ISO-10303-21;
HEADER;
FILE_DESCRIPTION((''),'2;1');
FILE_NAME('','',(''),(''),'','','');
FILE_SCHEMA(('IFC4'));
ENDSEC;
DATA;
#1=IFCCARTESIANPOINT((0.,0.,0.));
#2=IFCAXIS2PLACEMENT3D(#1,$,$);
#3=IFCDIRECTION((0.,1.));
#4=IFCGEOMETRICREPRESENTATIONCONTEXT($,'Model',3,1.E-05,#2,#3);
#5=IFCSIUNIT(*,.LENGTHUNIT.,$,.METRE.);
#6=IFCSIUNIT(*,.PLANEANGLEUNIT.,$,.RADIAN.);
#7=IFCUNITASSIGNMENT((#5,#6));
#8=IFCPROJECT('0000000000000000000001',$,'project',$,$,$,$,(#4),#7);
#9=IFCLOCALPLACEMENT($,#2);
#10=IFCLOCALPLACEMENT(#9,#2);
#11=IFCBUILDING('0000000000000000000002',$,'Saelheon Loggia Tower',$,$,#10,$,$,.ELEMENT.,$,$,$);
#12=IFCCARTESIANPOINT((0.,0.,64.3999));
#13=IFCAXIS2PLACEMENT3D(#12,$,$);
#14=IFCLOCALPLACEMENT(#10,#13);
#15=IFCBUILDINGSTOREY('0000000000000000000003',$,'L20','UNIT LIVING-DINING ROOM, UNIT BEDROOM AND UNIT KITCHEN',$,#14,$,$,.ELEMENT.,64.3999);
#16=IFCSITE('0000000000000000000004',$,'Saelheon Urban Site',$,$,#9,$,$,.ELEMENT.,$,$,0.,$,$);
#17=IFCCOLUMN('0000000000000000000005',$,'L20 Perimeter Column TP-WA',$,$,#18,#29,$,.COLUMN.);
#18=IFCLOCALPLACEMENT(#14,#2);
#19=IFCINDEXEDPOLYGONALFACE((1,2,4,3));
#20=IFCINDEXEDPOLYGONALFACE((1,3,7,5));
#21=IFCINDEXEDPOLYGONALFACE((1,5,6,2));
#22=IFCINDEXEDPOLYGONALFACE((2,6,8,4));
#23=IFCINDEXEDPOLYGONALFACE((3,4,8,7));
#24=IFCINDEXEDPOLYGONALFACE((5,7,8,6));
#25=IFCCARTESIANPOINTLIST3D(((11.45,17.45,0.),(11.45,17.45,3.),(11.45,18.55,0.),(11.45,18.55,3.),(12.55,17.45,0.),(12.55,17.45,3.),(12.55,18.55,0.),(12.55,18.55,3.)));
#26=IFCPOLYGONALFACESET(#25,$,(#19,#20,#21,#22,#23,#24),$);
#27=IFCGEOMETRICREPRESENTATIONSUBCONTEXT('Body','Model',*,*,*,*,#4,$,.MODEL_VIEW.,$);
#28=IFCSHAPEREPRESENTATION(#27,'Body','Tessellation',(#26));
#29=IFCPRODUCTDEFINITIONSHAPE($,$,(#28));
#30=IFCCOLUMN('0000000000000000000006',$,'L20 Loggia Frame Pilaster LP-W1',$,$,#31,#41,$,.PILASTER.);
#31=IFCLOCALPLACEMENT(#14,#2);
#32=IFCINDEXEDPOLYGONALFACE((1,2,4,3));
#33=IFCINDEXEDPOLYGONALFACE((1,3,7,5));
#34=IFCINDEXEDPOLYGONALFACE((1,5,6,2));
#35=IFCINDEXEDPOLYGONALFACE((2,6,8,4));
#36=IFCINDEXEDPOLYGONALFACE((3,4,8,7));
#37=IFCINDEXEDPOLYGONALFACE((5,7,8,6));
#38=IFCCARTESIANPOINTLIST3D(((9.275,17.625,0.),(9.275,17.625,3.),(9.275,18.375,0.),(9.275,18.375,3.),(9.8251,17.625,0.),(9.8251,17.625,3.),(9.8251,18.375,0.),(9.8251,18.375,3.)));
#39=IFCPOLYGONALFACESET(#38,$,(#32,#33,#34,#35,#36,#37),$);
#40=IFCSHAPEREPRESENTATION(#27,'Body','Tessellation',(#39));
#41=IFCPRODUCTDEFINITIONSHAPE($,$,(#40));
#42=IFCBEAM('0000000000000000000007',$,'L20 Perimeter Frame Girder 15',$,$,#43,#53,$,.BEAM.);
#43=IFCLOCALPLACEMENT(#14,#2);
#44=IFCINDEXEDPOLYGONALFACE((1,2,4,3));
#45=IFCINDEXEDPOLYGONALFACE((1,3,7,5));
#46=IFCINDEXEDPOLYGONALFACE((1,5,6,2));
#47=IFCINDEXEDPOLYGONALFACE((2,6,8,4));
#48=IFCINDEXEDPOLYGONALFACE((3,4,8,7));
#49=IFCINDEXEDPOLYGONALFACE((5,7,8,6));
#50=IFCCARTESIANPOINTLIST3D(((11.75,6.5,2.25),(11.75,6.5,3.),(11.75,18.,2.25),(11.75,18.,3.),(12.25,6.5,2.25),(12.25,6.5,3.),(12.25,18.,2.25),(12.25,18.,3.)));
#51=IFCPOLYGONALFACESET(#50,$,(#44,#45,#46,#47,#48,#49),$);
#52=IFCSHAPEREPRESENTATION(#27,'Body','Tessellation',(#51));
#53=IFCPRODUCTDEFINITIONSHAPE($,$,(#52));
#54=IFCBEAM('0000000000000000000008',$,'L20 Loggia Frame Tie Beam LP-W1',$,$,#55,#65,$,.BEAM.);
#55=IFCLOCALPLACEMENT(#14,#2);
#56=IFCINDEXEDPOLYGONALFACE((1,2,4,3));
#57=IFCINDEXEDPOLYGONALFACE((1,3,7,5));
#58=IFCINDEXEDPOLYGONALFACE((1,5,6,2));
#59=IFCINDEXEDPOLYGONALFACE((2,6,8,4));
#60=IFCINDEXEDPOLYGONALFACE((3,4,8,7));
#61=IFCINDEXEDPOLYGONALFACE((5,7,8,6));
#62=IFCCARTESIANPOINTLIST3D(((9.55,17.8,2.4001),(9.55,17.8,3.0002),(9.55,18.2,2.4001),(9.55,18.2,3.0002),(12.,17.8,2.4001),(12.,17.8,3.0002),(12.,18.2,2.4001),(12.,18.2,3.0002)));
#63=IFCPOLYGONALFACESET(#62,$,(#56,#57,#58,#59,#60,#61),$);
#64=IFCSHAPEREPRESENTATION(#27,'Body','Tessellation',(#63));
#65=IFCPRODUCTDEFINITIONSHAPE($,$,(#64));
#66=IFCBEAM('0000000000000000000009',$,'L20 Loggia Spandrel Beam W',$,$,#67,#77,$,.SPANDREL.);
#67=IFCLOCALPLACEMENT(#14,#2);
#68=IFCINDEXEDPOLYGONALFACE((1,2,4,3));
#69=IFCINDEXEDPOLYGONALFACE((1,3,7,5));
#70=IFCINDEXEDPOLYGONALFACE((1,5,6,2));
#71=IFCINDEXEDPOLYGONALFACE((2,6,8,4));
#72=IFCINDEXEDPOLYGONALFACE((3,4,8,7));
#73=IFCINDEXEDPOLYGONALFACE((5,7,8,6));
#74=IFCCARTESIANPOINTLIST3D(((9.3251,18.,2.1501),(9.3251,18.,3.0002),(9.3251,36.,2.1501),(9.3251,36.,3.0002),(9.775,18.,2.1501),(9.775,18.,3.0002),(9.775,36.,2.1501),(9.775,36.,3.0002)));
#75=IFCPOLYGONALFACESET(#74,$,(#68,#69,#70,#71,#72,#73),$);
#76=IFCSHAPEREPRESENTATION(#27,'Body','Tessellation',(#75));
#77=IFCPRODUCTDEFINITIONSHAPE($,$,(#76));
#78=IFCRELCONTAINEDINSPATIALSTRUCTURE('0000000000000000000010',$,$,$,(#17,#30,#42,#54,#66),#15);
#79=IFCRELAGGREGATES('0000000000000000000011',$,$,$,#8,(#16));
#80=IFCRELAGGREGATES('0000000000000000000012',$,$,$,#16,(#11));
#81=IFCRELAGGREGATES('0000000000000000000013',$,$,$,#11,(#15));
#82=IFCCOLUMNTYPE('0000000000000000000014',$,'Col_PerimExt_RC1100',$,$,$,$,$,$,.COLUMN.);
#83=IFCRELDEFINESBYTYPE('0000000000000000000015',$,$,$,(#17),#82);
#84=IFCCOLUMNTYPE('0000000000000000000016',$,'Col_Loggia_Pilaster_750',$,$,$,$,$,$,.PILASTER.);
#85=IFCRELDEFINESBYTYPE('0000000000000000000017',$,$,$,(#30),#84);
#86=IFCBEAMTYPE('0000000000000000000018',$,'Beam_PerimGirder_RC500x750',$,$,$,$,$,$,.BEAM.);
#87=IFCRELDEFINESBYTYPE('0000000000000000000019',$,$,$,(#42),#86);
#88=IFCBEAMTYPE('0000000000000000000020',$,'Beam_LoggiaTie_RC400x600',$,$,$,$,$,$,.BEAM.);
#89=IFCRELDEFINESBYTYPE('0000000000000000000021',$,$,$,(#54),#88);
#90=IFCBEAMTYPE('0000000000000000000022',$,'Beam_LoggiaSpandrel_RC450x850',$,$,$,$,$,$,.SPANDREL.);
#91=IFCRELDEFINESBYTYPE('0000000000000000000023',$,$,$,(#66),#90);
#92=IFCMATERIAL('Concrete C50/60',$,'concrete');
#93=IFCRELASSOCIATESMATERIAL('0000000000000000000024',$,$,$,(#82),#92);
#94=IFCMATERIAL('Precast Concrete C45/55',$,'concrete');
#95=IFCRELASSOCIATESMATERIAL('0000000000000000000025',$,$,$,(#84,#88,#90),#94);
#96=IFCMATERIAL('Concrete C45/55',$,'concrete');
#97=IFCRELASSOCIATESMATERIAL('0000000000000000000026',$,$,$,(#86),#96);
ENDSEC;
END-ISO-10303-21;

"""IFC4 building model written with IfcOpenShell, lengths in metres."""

from ifc_helpers import new_model, si_unit, direction, frame, origin, origin_2d, place, context, subcontext, project, spatial, rectangle, extrude, source, transform, mapped, material, material_profile, profile_set, type_object, element, save


model = new_model("IFC4")

# Units and contexts
model_context = context("Model", 3, precision=1e-05, world=origin(), true_north=direction((0.0, 1.0)))
body_context = subcontext(model_context, "Body", "Model", "MODEL_VIEW")
ifc_project = project(units=[si_unit("LENGTHUNIT", "METRE"), si_unit("PLANEANGLEUNIT", "RADIAN")], contexts=[model_context])

# Site, building, storey
site_placement = place(None, origin())
site = spatial("IfcSite", under=ifc_project, at=site_placement, Name="Saelheon Urban Site", CompositionType="ELEMENT", RefElevation=0.0)
building_placement = place(site_placement, origin())
building = spatial("IfcBuilding", under=site, at=building_placement, Name="Saelheon Loggia Tower", CompositionType="ELEMENT")
storey_placement = place(building_placement, frame((0.0, 0.0, 64.3999)))
storey = spatial("IfcBuildingStorey", under=building, at=storey_placement, Name="L20", Description="UNIT LIVING-DINING ROOM, UNIT BEDROOM AND UNIT KITCHEN", CompositionType="ELEMENT", Elevation=64.3999)

# Columns
ifc_material_1 = material(Name="Concrete C50/60", Category="concrete")
ifc_material_profile_1 = material_profile(ifc_material_1, rectangle(XDim=1.1001, YDim=1.1001, at=origin_2d()), Name="RC-1100x1100")
ifc_profile_set_1 = profile_set([ifc_material_profile_1], Name="Concrete C50/60")
column_type_1 = type_object("IfcColumnType", Name="Col_PerimExt_RC1100", PredefinedType="COLUMN", material=ifc_profile_set_1)
shared_shape_1 = source(origin(), body_context, "Body", "SweptSolid", [
    extrude(rectangle(XDim=1.1001, YDim=1.1001, at=origin_2d()), origin(), (0.0, 0.0, 1.0), 3.0),
])
column_1_placement = place(storey_placement, frame((12.0, 18.0, 0.0), z_axis=(0.0, 0.0, 1.0), x_axis=(1.0, 0.0, 0.0)))
element("IfcColumn", 1, at=column_1_placement, inside=storey, type_object=column_type_1, Name="L20 Perimeter Column TP-WA", PredefinedType="COLUMN", context=body_context, shape_type="MappedRepresentation", body=[
    mapped(shared_shape_1, transform((0.0, 0.0, 0.0), scale=1.0)),
])
ifc_material_2 = material(Name="Precast Concrete C45/55", Category="concrete")
ifc_material_profile_2 = material_profile(ifc_material_2, rectangle(XDim=0.55, YDim=0.75, at=origin_2d()), Name="RC-550x750")
ifc_profile_set_2 = profile_set([ifc_material_profile_2], Name="Precast Concrete C45/55")
column_type_2 = type_object("IfcColumnType", Name="Col_Loggia_Pilaster_750", PredefinedType="PILASTER", material=ifc_profile_set_2)
shared_shape_2 = source(origin(), body_context, "Body", "SweptSolid", [
    extrude(rectangle(XDim=0.55, YDim=0.75, at=origin_2d()), origin(), (0.0, 0.0, 1.0), 3.0),
])
column_2_placement = place(storey_placement, frame((9.55, 18.0, 0.0), z_axis=(0.0, 0.0, 1.0), x_axis=(1.0, 0.0, 0.0)))
element("IfcColumn", 2, at=column_2_placement, inside=storey, type_object=column_type_2, Name="L20 Loggia Frame Pilaster LP-W1", PredefinedType="PILASTER", context=body_context, shape_type="MappedRepresentation", body=[
    mapped(shared_shape_2, transform((0.0, 0.0, 0.0), scale=1.0)),
])

# Beams
ifc_material_3 = material(Name="Concrete C45/55", Category="concrete")
ifc_material_profile_3 = material_profile(ifc_material_3, rectangle(XDim=0.5, YDim=0.75, at=origin_2d()), Name="RC-500x750")
ifc_profile_set_3 = profile_set([ifc_material_profile_3], Name="Concrete C45/55")
beam_type_1 = type_object("IfcBeamType", Name="Beam_PerimGirder_RC500x750", PredefinedType="BEAM", material=ifc_profile_set_3)
shared_shape_3 = source(origin(), body_context, "Body", "SweptSolid", [
    extrude(rectangle(XDim=0.5, YDim=0.75, at=origin_2d()), origin(), (0.0, 0.0, 1.0), 11.5),
])
beam_1_placement = place(storey_placement, frame((12.0, 18.0, 2.625), z_axis=(0.0, -1.0, 0.0), x_axis=(1.0, 0.0, 0.0)))
element("IfcBeam", 3, at=beam_1_placement, inside=storey, type_object=beam_type_1, Name="L20 Perimeter Frame Girder 15", PredefinedType="BEAM", context=body_context, shape_type="MappedRepresentation", body=[
    mapped(shared_shape_3, transform((0.0, 0.0, 0.0), scale=1.0)),
])
ifc_material_profile_4 = material_profile(ifc_material_2, rectangle(XDim=0.3999, YDim=0.6001, at=origin_2d()), Name="RC-400x600")
ifc_profile_set_4 = profile_set([ifc_material_profile_4], Name="Precast Concrete C45/55")
beam_type_2 = type_object("IfcBeamType", Name="Beam_LoggiaTie_RC400x600", PredefinedType="BEAM", material=ifc_profile_set_4)
shared_shape_4 = source(origin(), body_context, "Body", "SweptSolid", [
    extrude(rectangle(XDim=0.3999, YDim=0.6001, at=origin_2d()), origin(), (0.0, 0.0, 1.0), 2.45),
])
beam_2_placement = place(storey_placement, frame((12.0, 18.0, 2.7002), z_axis=(-1.0, 0.0, 0.0), x_axis=(0.0, -1.0, 0.0)))
element("IfcBeam", 4, at=beam_2_placement, inside=storey, type_object=beam_type_2, Name="L20 Loggia Frame Tie Beam LP-W1", PredefinedType="BEAM", context=body_context, shape_type="MappedRepresentation", body=[
    mapped(shared_shape_4, transform((0.0, 0.0, 0.0), scale=1.0)),
])
ifc_material_profile_5 = material_profile(ifc_material_2, rectangle(XDim=0.45, YDim=0.8501, at=origin_2d()), Name="RC-450x850")
ifc_profile_set_5 = profile_set([ifc_material_profile_5], Name="Precast Concrete C45/55")
beam_type_3 = type_object("IfcBeamType", Name="Beam_LoggiaSpandrel_RC450x850", PredefinedType="SPANDREL", material=ifc_profile_set_5)
shared_shape_5 = source(origin(), body_context, "Body", "SweptSolid", [
    extrude(rectangle(XDim=0.45, YDim=0.8501, at=origin_2d()), origin(), (0.0, 0.0, 1.0), 18.0),
])
beam_3_placement = place(storey_placement, frame((9.55, 18.0, 2.5752), z_axis=(0.0, 1.0, 0.0), x_axis=(-1.0, 0.0, 0.0)))
element("IfcBeam", 5, at=beam_3_placement, inside=storey, type_object=beam_type_3, Name="L20 Loggia Spandrel Beam W", PredefinedType="SPANDREL", context=body_context, shape_type="MappedRepresentation", body=[
    mapped(shared_shape_5, transform((0.0, 0.0, 0.0), scale=1.0)),
])

save(model, "model.ifc")
